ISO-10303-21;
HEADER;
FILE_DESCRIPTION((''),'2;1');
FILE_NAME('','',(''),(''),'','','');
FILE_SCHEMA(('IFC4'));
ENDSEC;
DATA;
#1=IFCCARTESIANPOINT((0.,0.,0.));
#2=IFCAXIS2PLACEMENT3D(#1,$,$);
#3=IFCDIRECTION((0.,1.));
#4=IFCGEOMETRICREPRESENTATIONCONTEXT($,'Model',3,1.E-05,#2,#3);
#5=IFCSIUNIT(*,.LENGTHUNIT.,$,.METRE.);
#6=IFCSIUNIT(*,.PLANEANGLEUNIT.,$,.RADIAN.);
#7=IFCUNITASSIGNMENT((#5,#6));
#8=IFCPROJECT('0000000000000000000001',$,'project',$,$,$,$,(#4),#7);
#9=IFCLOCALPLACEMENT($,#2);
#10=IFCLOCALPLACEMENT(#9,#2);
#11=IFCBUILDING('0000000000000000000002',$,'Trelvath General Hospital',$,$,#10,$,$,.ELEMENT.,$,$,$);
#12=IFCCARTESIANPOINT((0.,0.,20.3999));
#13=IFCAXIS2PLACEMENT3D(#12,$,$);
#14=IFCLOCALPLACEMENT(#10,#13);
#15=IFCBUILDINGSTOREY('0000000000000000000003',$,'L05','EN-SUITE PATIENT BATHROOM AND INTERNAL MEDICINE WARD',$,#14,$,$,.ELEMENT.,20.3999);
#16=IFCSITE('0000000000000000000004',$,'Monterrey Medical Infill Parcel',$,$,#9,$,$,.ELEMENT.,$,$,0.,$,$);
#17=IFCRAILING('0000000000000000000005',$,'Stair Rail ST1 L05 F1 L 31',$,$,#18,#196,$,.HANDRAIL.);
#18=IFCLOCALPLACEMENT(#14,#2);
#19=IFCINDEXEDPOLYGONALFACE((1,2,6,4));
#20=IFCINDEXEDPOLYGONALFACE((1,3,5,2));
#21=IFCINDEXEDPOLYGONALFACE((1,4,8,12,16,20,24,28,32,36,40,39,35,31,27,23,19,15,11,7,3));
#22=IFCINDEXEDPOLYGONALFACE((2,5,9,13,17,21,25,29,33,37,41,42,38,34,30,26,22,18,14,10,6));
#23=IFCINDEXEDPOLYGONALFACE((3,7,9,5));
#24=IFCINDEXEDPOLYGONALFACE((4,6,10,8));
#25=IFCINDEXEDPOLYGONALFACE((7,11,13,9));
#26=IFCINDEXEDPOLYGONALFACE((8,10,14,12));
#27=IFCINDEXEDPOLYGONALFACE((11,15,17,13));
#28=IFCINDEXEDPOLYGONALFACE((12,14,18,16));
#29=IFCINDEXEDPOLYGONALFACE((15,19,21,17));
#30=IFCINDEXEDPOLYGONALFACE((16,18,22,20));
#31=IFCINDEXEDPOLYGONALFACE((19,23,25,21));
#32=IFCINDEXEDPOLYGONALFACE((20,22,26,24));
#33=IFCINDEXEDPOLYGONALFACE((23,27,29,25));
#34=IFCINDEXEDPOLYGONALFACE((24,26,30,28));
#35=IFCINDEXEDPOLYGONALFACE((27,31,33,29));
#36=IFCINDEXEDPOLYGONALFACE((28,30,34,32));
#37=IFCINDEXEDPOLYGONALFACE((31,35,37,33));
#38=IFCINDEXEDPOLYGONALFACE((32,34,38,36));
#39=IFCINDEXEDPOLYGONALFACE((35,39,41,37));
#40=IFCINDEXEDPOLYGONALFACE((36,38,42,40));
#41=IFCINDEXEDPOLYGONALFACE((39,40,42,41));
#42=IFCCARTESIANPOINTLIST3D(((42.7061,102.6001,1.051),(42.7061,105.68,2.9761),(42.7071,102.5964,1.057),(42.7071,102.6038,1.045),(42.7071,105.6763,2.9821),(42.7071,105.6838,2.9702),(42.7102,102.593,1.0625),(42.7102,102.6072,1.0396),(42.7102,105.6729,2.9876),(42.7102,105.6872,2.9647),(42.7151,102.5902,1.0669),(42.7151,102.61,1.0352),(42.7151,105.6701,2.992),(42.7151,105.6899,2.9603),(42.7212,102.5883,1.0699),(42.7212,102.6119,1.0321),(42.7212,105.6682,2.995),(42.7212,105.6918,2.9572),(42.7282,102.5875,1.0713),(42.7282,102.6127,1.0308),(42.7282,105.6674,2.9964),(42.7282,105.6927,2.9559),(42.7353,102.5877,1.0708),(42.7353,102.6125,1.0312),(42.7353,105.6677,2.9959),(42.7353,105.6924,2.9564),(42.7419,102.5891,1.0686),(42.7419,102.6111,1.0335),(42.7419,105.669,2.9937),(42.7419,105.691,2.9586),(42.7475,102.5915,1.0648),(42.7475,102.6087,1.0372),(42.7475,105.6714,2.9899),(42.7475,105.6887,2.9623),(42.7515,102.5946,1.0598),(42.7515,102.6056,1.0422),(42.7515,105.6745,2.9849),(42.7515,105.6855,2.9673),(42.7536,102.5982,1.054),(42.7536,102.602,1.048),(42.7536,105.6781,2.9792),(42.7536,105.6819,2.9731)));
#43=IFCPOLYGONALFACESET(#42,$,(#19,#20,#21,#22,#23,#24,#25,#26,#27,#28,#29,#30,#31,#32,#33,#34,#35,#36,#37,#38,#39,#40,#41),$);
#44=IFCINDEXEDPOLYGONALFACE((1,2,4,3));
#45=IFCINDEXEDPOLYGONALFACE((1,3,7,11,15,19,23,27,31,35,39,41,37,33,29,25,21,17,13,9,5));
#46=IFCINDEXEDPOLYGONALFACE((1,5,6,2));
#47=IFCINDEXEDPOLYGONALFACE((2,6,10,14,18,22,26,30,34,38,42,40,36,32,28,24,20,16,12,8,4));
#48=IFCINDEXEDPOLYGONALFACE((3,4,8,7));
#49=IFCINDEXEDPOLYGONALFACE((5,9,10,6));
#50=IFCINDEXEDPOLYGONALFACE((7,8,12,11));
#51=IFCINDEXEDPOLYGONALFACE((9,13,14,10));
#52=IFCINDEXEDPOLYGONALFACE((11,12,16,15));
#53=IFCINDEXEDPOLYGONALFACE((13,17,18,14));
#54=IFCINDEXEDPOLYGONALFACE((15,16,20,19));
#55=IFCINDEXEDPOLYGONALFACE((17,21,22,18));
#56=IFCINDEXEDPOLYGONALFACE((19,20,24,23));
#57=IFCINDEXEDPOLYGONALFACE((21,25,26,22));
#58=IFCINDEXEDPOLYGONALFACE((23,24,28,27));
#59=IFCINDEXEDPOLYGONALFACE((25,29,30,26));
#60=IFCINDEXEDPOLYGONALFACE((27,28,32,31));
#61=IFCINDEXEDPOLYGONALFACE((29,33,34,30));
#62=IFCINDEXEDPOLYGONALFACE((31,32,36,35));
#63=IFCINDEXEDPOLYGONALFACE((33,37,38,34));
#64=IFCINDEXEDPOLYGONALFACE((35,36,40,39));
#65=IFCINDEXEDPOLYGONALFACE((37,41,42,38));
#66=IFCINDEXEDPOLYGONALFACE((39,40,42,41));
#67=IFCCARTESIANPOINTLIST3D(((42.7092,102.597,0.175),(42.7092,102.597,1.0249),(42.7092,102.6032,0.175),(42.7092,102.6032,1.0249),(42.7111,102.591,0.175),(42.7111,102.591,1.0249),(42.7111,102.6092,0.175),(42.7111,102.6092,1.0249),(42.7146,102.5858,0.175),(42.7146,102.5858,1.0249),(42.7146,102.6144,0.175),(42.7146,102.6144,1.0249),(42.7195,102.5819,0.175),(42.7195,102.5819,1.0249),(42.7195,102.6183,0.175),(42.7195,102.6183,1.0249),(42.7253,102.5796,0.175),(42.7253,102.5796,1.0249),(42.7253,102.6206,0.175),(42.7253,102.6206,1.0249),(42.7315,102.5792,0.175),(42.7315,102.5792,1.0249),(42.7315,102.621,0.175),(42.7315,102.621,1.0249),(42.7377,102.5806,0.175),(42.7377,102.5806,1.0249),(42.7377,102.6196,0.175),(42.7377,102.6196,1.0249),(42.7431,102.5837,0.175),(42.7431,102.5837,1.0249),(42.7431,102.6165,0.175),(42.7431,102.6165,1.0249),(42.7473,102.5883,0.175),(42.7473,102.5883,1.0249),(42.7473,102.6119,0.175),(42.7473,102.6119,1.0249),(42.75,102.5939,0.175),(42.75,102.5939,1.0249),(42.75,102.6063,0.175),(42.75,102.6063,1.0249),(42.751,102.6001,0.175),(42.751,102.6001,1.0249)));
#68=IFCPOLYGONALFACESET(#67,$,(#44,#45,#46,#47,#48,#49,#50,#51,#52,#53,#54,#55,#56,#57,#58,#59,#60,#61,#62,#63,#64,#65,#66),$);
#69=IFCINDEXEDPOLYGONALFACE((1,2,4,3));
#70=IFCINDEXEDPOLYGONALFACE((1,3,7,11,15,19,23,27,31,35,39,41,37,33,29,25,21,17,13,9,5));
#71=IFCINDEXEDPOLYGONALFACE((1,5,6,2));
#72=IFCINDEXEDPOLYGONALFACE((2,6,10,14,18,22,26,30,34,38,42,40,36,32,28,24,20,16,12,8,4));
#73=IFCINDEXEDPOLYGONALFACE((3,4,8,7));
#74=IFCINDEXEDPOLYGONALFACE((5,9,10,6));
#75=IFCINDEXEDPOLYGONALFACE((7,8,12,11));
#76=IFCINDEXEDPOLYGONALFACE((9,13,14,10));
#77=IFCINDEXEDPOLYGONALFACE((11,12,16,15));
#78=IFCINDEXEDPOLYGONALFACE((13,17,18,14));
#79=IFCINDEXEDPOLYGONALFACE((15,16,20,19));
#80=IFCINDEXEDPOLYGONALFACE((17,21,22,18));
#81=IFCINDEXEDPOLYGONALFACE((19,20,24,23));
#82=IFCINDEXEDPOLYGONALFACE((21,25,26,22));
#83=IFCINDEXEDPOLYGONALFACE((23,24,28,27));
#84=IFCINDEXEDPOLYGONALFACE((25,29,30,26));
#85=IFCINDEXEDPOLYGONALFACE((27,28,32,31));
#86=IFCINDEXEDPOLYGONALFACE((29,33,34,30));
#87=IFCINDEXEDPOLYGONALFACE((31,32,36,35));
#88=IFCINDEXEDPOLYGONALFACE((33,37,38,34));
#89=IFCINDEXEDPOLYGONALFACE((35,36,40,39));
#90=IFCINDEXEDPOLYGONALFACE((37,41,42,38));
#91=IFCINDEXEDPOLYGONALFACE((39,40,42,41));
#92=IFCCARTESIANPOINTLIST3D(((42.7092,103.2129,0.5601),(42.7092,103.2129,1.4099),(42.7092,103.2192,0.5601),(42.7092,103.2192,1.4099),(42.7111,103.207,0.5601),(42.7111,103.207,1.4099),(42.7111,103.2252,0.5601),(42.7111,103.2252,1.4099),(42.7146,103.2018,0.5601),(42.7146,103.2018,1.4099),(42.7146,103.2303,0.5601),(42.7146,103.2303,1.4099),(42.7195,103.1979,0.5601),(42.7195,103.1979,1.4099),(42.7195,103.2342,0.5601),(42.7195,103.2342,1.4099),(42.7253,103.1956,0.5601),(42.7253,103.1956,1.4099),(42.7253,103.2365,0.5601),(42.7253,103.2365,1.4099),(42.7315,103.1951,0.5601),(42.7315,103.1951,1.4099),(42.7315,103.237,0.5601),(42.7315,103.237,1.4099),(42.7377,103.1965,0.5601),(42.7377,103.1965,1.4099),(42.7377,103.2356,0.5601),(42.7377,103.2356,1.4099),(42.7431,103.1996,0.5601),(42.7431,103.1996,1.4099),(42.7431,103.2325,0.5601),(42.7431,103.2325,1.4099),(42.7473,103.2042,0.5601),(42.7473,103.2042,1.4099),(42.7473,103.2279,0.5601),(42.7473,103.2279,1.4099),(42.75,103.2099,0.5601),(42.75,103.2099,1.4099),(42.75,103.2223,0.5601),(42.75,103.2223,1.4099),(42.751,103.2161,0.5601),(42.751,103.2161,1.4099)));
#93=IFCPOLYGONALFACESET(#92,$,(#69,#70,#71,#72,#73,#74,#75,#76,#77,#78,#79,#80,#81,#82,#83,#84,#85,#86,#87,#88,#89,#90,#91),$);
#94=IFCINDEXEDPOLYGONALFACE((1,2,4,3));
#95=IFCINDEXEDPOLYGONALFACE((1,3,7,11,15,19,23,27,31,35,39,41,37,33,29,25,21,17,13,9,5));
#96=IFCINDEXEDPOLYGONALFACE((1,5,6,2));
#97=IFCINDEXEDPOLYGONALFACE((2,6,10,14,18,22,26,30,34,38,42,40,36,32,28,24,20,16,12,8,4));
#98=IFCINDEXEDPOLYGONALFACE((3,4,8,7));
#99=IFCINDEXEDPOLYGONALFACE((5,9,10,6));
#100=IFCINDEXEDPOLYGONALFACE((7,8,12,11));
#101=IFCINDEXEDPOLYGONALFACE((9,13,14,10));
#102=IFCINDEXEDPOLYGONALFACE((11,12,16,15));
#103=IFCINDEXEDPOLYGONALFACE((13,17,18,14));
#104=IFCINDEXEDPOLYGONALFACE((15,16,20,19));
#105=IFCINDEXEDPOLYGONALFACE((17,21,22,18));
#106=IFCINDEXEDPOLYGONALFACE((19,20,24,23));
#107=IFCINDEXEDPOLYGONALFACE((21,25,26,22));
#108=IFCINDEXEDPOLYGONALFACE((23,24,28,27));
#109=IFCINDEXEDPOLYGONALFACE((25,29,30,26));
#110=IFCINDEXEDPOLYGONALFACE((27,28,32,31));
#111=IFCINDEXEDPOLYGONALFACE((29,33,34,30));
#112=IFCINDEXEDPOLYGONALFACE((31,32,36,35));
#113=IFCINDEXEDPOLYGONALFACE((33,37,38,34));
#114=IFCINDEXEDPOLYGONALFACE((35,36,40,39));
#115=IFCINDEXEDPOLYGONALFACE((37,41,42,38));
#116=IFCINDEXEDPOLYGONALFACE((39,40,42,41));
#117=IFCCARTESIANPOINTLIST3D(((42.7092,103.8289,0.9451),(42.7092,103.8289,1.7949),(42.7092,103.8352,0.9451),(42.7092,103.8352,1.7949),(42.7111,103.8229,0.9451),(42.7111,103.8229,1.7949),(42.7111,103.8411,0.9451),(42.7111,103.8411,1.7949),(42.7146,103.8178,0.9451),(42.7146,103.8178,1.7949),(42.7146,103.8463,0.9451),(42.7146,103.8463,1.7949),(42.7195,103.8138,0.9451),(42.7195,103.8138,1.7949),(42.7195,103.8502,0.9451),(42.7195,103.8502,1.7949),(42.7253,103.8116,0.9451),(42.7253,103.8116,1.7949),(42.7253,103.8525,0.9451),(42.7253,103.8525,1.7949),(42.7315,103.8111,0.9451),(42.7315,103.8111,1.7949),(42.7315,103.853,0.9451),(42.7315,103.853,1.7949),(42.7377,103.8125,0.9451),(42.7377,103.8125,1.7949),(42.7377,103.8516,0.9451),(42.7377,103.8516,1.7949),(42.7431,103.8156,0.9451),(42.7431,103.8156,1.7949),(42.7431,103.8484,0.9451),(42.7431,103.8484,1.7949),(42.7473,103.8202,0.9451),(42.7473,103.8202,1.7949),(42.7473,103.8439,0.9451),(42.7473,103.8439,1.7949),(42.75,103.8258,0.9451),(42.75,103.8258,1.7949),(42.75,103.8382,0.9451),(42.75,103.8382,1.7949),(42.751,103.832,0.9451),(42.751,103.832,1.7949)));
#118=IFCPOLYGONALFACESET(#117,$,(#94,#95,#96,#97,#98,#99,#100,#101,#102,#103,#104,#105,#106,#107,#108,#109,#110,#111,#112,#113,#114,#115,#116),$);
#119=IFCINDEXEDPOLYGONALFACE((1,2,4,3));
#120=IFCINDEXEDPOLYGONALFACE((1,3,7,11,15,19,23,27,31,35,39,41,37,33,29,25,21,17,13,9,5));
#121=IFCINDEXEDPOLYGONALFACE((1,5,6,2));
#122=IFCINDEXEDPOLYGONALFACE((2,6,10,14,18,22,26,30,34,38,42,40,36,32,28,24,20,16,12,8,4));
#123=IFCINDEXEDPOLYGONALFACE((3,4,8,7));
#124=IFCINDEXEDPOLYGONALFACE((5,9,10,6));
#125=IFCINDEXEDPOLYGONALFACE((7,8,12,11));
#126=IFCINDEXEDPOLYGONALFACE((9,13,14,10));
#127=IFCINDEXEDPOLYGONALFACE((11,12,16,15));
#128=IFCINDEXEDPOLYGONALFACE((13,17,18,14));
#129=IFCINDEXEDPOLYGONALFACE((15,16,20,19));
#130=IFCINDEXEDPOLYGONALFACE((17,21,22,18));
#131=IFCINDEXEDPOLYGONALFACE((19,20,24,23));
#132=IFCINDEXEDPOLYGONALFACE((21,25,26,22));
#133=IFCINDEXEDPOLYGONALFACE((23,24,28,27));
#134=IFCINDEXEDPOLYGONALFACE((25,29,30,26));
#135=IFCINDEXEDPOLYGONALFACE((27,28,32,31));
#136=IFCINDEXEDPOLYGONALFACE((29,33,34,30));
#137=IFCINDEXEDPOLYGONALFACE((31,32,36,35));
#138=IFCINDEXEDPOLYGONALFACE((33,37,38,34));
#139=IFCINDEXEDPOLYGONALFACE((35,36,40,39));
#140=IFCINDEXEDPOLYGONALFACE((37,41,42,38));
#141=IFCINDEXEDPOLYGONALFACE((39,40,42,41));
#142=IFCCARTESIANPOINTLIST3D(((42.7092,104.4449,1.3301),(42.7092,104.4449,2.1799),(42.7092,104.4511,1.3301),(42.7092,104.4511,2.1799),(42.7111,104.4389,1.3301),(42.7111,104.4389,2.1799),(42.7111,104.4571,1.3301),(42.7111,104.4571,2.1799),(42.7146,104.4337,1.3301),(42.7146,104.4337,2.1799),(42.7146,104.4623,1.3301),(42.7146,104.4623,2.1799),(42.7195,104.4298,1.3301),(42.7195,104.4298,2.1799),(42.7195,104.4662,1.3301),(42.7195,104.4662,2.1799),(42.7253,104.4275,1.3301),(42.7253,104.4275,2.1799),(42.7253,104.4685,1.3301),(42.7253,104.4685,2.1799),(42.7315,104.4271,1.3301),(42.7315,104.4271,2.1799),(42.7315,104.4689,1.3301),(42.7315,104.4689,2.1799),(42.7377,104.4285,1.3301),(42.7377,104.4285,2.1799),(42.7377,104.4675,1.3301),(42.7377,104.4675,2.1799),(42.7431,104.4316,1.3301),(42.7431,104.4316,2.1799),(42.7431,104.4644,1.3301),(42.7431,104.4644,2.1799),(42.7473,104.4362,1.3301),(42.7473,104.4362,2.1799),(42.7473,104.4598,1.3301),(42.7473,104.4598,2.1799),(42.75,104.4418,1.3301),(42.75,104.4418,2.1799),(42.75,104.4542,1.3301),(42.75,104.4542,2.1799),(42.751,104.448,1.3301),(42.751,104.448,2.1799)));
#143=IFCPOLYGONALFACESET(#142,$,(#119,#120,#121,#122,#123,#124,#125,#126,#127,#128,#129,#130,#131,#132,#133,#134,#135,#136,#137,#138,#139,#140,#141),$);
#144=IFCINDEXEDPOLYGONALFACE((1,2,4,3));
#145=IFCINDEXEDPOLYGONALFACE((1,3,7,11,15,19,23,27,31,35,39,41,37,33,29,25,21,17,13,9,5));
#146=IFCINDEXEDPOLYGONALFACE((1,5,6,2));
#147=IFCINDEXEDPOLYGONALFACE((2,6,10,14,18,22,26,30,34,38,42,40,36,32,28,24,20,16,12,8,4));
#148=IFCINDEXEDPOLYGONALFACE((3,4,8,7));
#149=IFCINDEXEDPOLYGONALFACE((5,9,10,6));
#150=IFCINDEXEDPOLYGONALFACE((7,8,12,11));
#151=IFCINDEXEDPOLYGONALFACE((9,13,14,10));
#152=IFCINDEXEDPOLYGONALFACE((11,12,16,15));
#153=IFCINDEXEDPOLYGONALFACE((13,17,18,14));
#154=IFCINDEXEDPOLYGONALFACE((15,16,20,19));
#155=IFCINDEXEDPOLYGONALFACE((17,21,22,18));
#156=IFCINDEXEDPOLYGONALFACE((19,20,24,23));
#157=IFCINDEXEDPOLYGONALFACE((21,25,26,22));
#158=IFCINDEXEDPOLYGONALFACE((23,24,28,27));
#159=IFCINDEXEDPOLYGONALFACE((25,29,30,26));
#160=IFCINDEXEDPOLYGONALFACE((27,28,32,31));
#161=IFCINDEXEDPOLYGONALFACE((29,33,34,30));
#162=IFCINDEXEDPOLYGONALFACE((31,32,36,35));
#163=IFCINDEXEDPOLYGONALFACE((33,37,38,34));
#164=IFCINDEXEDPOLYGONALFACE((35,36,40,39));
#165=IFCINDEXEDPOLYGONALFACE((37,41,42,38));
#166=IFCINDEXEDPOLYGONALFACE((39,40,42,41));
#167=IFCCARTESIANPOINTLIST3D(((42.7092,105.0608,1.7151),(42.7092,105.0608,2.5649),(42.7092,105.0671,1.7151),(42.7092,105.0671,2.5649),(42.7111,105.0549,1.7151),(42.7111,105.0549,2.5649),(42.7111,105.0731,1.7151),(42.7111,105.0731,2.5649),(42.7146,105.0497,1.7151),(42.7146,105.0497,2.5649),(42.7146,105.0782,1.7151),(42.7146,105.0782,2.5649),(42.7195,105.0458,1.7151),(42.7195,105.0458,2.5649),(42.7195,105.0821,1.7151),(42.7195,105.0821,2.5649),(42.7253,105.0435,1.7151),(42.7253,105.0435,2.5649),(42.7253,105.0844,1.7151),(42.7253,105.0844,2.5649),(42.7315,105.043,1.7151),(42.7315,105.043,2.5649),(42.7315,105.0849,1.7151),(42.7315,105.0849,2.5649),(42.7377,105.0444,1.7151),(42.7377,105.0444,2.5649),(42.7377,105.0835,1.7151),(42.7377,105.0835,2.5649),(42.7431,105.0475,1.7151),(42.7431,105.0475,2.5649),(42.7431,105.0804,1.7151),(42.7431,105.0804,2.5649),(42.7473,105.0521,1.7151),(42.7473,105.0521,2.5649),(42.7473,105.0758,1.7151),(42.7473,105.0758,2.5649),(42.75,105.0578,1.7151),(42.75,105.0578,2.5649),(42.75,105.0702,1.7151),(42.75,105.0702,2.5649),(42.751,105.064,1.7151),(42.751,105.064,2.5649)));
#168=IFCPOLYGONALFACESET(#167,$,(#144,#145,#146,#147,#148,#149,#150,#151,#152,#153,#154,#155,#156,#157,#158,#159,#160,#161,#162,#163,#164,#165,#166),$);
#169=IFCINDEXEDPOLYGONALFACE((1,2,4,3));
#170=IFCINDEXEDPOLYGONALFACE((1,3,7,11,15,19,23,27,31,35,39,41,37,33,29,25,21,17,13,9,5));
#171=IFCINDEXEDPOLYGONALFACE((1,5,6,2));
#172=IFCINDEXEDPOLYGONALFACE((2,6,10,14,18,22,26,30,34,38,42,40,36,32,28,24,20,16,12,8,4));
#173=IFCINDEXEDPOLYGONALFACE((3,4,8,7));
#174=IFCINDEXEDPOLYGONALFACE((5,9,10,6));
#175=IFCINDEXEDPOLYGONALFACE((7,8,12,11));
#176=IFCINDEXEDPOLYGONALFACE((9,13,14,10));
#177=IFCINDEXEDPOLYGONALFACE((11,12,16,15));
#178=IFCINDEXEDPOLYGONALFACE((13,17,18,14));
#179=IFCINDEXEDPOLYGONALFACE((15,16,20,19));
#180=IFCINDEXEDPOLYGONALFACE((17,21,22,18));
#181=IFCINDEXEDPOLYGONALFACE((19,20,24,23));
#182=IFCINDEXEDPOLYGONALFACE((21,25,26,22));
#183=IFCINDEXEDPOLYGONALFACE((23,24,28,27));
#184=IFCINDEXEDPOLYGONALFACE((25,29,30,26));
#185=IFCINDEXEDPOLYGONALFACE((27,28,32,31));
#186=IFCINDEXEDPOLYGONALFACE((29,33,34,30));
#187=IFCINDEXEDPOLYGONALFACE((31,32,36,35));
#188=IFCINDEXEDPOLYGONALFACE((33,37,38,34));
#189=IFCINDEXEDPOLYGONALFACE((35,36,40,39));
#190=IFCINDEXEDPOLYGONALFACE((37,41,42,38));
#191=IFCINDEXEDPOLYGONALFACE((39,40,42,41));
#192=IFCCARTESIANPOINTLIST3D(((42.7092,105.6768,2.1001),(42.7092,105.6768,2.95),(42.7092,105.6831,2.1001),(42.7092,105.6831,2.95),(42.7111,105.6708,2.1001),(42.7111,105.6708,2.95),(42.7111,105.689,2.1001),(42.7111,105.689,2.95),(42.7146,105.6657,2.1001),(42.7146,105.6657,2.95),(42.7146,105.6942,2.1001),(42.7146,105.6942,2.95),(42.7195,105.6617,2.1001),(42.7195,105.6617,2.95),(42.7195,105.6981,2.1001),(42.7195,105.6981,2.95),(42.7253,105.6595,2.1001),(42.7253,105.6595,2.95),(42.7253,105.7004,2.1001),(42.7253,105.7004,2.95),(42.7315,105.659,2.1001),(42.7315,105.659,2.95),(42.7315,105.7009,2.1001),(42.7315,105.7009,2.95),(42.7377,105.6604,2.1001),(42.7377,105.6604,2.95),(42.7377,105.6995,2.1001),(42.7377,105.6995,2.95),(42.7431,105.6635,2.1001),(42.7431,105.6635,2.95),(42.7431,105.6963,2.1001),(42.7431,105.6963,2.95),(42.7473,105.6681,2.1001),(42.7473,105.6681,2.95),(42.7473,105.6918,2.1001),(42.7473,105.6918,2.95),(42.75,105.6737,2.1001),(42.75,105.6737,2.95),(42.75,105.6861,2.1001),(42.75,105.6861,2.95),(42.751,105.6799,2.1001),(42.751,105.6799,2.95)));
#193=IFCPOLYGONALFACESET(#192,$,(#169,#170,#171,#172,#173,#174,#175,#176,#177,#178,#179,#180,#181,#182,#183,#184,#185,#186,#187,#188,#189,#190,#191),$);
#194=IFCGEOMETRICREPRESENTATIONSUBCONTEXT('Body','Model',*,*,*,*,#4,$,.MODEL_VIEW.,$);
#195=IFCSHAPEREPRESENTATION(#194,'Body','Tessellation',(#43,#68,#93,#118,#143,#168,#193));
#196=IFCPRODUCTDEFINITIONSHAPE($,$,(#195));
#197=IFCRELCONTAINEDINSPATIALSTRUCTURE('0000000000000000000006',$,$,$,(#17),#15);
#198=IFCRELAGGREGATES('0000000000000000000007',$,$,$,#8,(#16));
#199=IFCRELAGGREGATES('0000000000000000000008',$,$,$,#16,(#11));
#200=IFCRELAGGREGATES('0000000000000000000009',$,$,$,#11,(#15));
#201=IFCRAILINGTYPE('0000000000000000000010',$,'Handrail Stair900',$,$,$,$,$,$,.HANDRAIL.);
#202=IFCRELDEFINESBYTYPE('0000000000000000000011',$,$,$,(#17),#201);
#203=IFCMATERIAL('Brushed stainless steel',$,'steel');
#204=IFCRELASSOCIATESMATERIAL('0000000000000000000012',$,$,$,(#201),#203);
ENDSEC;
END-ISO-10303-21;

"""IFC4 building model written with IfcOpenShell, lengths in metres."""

from ifc_helpers import new_model, si_unit, direction, frame, origin, origin_2d, place, context, subcontext, project, spatial, circle, extrude, material, type_object, element, save


model = new_model("IFC4")

# Units and contexts
model_context = context("Model", 3, precision=1e-05, world=origin(), true_north=direction((0.0, 1.0)))
body_context = subcontext(model_context, "Body", "Model", "MODEL_VIEW")
ifc_project = project(units=[si_unit("LENGTHUNIT", "METRE"), si_unit("PLANEANGLEUNIT", "RADIAN")], contexts=[model_context])

# Site, building, storey
site_placement = place(None, origin())
site = spatial("IfcSite", under=ifc_project, at=site_placement, Name="Monterrey Medical Infill Parcel", CompositionType="ELEMENT", RefElevation=0.0)
building_placement = place(site_placement, origin())
building = spatial("IfcBuilding", under=site, at=building_placement, Name="Trelvath General Hospital", CompositionType="ELEMENT")
storey_placement = place(building_placement, frame((0.0, 0.0, 20.3999)))
storey = spatial("IfcBuildingStorey", under=building, at=storey_placement, Name="L05", Description="EN-SUITE PATIENT BATHROOM AND INTERNAL MEDICINE WARD", CompositionType="ELEMENT", Elevation=20.3999)

# Railing
ifc_material_1 = material(Name="Brushed stainless steel", Category="steel")
railing_type = type_object("IfcRailingType", Name="Handrail Stair900", PredefinedType="HANDRAIL", material=ifc_material_1)
railing_placement = place(storey_placement, frame((42.73, 102.6001, 0.175)))
element("IfcRailing", 1, at=railing_placement, inside=storey, type_object=railing_type, Name="Stair Rail ST1 L05 F1 L 31", PredefinedType="HANDRAIL", context=body_context, shape_type="SweptSolid", body=[
    extrude(circle(Radius=0.0239, at=origin_2d()), frame((0.0, 0.0, 0.876), z_axis=(0.0, 0.847979, 0.530029), x_axis=(-1.0, 0.0, 0.0)), (0.0, 0.0, 1.0), 3.6321),
    extrude(circle(Radius=0.021, at=origin_2d()), origin(), (0.0, 0.0, 1.0), 0.8499),
    extrude(circle(Radius=0.021, at=origin_2d()), frame((0.0, 0.616, 0.385)), (0.0, 0.0, 1.0), 0.8499),
    extrude(circle(Radius=0.021, at=origin_2d()), frame((0.0, 1.2319, 0.77)), (0.0, 0.0, 1.0), 0.8499),
    extrude(circle(Radius=0.021, at=origin_2d()), frame((0.0, 1.8479, 1.155)), (0.0, 0.0, 1.0), 0.8499),
    extrude(circle(Radius=0.021, at=origin_2d()), frame((0.0, 2.4639, 1.54)), (0.0, 0.0, 1.0), 0.8499),
    extrude(circle(Radius=0.021, at=origin_2d()), frame((0.0, 3.0798, 1.925)), (0.0, 0.0, 1.0), 0.8499),
])

save(model, "model.ifc")
